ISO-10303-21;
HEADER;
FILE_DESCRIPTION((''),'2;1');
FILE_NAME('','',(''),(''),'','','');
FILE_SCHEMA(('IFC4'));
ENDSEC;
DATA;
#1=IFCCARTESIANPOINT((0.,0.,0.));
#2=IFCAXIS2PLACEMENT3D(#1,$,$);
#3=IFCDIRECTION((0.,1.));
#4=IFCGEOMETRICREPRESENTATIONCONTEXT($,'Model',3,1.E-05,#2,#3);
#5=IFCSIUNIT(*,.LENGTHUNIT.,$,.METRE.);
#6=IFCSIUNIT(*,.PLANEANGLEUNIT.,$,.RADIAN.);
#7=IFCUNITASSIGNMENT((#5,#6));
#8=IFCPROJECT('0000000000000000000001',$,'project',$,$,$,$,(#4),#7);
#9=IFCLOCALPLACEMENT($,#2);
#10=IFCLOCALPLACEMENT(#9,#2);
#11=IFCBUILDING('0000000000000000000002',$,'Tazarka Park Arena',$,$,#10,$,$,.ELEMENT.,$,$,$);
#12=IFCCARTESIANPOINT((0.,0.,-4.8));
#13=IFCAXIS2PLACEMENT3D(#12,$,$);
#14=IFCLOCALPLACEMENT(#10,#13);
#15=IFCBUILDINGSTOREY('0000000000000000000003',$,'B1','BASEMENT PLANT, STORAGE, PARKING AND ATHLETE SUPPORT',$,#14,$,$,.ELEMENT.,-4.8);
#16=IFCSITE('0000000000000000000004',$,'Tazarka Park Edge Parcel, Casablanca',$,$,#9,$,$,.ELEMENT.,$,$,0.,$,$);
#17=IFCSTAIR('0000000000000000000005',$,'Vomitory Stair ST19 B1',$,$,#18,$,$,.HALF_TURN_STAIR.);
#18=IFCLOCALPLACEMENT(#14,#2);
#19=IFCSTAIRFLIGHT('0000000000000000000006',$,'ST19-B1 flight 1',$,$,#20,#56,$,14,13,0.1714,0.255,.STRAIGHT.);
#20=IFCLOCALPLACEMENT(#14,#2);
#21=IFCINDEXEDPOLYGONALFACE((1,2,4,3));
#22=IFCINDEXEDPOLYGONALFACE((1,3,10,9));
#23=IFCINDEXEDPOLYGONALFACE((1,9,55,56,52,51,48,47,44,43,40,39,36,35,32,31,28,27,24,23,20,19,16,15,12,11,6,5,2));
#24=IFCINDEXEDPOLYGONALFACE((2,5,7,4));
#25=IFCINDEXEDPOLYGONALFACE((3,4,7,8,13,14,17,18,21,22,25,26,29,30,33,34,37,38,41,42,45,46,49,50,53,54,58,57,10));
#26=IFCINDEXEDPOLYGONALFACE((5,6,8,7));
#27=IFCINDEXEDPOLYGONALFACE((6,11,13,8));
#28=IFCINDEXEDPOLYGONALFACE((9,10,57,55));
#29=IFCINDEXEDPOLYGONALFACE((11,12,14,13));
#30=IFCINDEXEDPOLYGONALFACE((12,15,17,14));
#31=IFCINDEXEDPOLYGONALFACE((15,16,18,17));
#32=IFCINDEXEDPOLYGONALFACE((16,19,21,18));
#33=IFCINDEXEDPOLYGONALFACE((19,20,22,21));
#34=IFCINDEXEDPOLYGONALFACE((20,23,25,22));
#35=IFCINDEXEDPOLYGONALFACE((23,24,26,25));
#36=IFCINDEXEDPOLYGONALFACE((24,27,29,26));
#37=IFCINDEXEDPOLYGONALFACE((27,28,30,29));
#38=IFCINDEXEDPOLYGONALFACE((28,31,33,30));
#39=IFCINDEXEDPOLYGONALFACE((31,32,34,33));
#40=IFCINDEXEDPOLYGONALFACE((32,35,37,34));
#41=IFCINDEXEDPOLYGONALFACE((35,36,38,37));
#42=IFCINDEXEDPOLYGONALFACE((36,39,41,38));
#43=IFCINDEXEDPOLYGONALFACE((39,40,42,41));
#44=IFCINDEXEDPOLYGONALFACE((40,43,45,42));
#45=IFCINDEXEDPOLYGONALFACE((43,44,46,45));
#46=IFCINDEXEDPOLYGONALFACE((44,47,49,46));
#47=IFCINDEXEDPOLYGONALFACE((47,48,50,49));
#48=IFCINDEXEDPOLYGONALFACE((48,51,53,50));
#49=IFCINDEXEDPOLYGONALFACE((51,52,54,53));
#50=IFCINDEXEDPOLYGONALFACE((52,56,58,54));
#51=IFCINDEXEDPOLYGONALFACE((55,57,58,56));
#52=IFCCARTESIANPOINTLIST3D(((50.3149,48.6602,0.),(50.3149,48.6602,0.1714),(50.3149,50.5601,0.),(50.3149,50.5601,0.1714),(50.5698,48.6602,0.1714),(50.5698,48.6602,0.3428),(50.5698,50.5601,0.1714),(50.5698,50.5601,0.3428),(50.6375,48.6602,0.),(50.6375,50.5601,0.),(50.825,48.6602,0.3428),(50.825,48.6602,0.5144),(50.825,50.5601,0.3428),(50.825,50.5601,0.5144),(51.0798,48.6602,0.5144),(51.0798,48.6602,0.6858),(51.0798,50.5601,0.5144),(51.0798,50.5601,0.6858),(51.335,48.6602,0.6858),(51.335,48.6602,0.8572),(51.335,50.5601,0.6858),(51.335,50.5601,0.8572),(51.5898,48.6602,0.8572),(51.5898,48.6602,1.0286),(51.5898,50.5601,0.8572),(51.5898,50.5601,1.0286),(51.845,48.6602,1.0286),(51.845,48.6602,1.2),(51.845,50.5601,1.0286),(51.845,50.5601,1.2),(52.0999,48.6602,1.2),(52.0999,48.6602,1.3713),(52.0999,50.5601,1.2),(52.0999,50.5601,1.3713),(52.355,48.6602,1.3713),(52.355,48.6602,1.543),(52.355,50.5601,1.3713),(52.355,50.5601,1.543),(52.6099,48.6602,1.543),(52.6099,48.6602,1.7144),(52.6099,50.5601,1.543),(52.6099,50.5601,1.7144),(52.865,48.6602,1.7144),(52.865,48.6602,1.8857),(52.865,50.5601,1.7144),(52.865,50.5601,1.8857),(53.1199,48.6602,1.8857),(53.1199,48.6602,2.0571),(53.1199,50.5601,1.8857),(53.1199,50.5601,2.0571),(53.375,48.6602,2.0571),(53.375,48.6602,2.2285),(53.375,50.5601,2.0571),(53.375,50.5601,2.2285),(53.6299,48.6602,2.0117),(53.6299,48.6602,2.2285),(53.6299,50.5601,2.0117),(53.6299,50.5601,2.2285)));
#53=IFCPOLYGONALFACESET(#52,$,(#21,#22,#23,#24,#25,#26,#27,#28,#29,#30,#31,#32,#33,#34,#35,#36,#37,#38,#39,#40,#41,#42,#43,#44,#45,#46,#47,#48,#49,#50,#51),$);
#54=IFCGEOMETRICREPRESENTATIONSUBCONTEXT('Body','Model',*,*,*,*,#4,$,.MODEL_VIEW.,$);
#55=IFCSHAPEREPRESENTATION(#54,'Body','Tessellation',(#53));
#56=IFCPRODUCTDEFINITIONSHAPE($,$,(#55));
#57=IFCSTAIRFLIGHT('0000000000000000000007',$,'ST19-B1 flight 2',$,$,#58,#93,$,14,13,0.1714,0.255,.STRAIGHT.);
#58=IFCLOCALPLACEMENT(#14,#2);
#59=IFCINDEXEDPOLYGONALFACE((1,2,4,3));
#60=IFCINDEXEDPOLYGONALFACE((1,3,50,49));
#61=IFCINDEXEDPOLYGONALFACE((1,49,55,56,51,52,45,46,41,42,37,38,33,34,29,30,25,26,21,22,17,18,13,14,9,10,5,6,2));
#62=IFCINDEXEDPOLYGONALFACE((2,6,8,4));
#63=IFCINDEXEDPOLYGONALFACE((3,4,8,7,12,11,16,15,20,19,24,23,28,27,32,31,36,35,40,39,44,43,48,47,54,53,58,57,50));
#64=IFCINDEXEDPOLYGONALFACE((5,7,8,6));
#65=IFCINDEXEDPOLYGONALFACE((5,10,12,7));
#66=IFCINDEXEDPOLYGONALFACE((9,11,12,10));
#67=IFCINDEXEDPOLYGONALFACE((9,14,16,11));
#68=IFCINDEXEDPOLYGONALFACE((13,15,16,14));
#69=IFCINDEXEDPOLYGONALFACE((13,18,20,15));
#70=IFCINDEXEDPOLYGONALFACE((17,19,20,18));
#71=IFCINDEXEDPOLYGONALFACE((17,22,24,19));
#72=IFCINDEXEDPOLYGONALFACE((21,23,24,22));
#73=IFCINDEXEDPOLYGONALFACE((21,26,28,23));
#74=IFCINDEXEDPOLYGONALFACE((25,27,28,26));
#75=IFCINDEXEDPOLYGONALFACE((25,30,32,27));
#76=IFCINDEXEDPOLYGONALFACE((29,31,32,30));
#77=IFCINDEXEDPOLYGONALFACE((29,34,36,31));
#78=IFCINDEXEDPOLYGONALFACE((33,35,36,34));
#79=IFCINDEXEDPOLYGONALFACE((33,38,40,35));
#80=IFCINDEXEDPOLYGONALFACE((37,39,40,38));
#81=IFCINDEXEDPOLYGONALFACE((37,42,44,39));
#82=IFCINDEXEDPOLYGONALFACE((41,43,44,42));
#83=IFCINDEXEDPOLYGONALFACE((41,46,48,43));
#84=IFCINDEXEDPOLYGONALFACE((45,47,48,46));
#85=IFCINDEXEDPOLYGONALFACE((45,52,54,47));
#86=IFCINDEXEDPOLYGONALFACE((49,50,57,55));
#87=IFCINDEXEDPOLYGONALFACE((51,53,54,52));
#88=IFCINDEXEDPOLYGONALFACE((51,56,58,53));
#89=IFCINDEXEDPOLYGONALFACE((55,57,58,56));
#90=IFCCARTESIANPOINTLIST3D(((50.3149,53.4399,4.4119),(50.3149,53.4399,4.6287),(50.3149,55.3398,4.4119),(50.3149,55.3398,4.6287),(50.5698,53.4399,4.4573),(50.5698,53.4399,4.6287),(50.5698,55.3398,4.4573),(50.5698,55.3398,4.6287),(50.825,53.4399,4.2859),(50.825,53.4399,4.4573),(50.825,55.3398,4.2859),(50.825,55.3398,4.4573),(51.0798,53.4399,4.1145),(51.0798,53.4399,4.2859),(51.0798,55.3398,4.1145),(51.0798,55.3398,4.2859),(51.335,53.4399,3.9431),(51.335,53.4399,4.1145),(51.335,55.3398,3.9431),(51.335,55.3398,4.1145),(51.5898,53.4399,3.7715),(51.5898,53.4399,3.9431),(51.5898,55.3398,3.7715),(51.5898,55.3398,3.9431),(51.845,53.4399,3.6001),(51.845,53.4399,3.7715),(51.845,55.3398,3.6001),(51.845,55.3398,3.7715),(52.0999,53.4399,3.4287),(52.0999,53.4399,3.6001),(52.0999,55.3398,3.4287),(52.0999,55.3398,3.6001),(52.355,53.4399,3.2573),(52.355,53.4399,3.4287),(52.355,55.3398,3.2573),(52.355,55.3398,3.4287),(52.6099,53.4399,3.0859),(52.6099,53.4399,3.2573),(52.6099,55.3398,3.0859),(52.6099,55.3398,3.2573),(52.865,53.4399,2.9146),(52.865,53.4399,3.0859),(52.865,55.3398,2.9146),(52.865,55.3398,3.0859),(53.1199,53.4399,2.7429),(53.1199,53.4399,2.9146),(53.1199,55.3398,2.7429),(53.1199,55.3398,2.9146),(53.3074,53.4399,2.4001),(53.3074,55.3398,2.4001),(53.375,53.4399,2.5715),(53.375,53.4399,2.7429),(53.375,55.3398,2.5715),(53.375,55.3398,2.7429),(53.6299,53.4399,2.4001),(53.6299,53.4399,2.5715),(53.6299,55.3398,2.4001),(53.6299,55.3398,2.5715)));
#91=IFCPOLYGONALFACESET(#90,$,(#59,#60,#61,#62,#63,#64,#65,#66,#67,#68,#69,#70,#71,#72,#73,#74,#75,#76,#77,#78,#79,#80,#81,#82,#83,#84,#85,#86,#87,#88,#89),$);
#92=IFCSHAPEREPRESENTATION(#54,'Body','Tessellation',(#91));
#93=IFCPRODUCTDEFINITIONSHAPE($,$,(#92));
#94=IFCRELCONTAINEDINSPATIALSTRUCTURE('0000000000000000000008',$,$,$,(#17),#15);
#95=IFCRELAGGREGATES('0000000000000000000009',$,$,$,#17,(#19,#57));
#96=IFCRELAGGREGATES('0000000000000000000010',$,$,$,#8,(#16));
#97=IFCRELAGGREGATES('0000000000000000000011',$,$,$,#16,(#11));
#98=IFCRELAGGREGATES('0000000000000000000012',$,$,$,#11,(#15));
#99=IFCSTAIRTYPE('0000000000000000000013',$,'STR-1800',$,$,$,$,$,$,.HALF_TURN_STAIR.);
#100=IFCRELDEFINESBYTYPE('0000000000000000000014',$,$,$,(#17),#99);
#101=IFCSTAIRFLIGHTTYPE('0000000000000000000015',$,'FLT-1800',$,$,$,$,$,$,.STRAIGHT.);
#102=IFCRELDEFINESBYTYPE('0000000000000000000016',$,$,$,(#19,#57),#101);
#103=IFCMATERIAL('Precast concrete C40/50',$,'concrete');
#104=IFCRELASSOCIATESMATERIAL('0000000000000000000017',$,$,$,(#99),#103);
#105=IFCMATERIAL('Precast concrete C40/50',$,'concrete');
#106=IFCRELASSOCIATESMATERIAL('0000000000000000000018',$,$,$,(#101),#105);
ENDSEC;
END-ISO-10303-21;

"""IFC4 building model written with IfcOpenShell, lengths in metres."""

from ifc_helpers import new_model, si_unit, direction, frame, origin, place, context, subcontext, project, spatial, polyline, outline, extrude, material, type_object, element, aggregate, save


model = new_model("IFC4")

# Units and contexts
model_context = context("Model", 3, precision=1e-05, world=origin(), true_north=direction((0.0, 1.0)))
body_context = subcontext(model_context, "Body", "Model", "MODEL_VIEW")
ifc_project = project(units=[si_unit("LENGTHUNIT", "METRE"), si_unit("PLANEANGLEUNIT", "RADIAN")], contexts=[model_context])

# Site, building, storey
site_placement = place(None, origin())
site = spatial("IfcSite", under=ifc_project, at=site_placement, Name="Tazarka Park Edge Parcel, Casablanca", CompositionType="ELEMENT", RefElevation=0.0)
building_placement = place(site_placement, origin())
building = spatial("IfcBuilding", under=site, at=building_placement, Name="Tazarka Park Arena", CompositionType="ELEMENT")
storey_placement = place(building_placement, frame((0.0, 0.0, -4.8)))
storey = spatial("IfcBuildingStorey", under=building, at=storey_placement, Name="B1", Description="BASEMENT PLANT, STORAGE, PARKING AND ATHLETE SUPPORT", CompositionType="ELEMENT", Elevation=-4.8)

# Stair, stair flights
ifc_material_1 = material(Name="Precast concrete C40/50", Category="concrete")
stair_type_1 = type_object("IfcStairType", Name="STR-1800", PredefinedType="HALF_TURN_STAIR", material=ifc_material_1)
stair_1_placement = place(storey_placement, origin())
stair_1 = element("IfcStair", 1, at=stair_1_placement, inside=storey, type_object=stair_type_1, Name="Vomitory Stair ST19 B1", PredefinedType="HALF_TURN_STAIR")
ifc_material_2 = material(Name="Precast concrete C40/50", Category="concrete")
stair_flight_type_1 = type_object("IfcStairFlightType", Name="FLT-1800", PredefinedType="STRAIGHT", material=ifc_material_2)
stair_flight_1_placement = place(storey_placement, frame((50.3149, 49.6101, 0.0), z_axis=(0.0, 0.0, 1.0), x_axis=(1.0, 0.0, 0.0)))
stair_flight_1 = element("IfcStairFlight", 2, at=stair_flight_1_placement, type_object=stair_flight_type_1, Name="ST19-B1 flight 1", NumberOfRisers=14, NumberOfTreads=13, PredefinedType="STRAIGHT", RiserHeight=0.1714, TreadLength=0.255, context=body_context, shape_type="SweptSolid", body=[
    extrude(outline(polyline([(0.0, 0.0), (0.0, 0.1714), (0.2549, 0.1714), (0.2549, 0.3428), (0.51, 0.3428), (0.51, 0.5144), (0.7649, 0.5144), (0.7649, 0.6858), (1.02, 0.6858), (1.02, 0.8572), (1.2749, 0.8572), (1.2749, 1.0286), (1.53, 1.0286), (1.53, 1.2), (1.7849, 1.2), (1.7849, 1.3713), (2.04, 1.3713), (2.04, 1.543), (2.2949, 1.543), (2.2949, 1.7144), (2.55, 1.7144), (2.55, 1.8857), (2.8049, 1.8857), (2.8049, 2.0571), (3.0601, 2.0571), (3.0601, 2.2285), (3.3149, 2.2285), (3.3149, 2.3999), (3.3149, 2.0117), (0.3225, 0.0), (0.0, 0.0)])), frame((0.0, 0.95, 0.0), z_axis=(0.0, -1.0, 0.0), x_axis=(1.0, 0.0, 0.0)), (0.0, 0.0, 1.0), 1.8999),
])
stair_flight_2_placement = place(storey_placement, frame((53.6299, 54.3899, 2.4001), z_axis=(0.0, 0.0, 1.0), x_axis=(-1.0, 0.0, 0.0)))
stair_flight_2 = element("IfcStairFlight", 3, at=stair_flight_2_placement, type_object=stair_flight_type_1, Name="ST19-B1 flight 2", NumberOfRisers=14, NumberOfTreads=13, PredefinedType="STRAIGHT", RiserHeight=0.1714, TreadLength=0.255, context=body_context, shape_type="SweptSolid", body=[
    extrude(outline(polyline([(0.0, 0.0), (0.0, 0.1714), (0.2549, 0.1714), (0.2549, 0.3428), (0.51, 0.3428), (0.51, 0.5144), (0.7649, 0.5144), (0.7649, 0.6858), (1.02, 0.6858), (1.02, 0.8572), (1.2749, 0.8572), (1.2749, 1.0286), (1.53, 1.0286), (1.53, 1.2), (1.7849, 1.2), (1.7849, 1.3713), (2.04, 1.3713), (2.04, 1.543), (2.2949, 1.543), (2.2949, 1.7144), (2.55, 1.7144), (2.55, 1.8857), (2.8049, 1.8857), (2.8049, 2.0571), (3.0601, 2.0571), (3.0601, 2.2285), (3.3149, 2.2285), (3.3149, 2.3999), (3.3149, 2.0117), (0.3225, 0.0), (0.0, 0.0)])), frame((0.0, 0.95, 0.0), z_axis=(0.0, -1.0, 0.0), x_axis=(1.0, 0.0, 0.0)), (0.0, 0.0, 1.0), 1.8999),
])
aggregate(stair_1, [stair_flight_1, stair_flight_2])

save(model, "model.ifc")
